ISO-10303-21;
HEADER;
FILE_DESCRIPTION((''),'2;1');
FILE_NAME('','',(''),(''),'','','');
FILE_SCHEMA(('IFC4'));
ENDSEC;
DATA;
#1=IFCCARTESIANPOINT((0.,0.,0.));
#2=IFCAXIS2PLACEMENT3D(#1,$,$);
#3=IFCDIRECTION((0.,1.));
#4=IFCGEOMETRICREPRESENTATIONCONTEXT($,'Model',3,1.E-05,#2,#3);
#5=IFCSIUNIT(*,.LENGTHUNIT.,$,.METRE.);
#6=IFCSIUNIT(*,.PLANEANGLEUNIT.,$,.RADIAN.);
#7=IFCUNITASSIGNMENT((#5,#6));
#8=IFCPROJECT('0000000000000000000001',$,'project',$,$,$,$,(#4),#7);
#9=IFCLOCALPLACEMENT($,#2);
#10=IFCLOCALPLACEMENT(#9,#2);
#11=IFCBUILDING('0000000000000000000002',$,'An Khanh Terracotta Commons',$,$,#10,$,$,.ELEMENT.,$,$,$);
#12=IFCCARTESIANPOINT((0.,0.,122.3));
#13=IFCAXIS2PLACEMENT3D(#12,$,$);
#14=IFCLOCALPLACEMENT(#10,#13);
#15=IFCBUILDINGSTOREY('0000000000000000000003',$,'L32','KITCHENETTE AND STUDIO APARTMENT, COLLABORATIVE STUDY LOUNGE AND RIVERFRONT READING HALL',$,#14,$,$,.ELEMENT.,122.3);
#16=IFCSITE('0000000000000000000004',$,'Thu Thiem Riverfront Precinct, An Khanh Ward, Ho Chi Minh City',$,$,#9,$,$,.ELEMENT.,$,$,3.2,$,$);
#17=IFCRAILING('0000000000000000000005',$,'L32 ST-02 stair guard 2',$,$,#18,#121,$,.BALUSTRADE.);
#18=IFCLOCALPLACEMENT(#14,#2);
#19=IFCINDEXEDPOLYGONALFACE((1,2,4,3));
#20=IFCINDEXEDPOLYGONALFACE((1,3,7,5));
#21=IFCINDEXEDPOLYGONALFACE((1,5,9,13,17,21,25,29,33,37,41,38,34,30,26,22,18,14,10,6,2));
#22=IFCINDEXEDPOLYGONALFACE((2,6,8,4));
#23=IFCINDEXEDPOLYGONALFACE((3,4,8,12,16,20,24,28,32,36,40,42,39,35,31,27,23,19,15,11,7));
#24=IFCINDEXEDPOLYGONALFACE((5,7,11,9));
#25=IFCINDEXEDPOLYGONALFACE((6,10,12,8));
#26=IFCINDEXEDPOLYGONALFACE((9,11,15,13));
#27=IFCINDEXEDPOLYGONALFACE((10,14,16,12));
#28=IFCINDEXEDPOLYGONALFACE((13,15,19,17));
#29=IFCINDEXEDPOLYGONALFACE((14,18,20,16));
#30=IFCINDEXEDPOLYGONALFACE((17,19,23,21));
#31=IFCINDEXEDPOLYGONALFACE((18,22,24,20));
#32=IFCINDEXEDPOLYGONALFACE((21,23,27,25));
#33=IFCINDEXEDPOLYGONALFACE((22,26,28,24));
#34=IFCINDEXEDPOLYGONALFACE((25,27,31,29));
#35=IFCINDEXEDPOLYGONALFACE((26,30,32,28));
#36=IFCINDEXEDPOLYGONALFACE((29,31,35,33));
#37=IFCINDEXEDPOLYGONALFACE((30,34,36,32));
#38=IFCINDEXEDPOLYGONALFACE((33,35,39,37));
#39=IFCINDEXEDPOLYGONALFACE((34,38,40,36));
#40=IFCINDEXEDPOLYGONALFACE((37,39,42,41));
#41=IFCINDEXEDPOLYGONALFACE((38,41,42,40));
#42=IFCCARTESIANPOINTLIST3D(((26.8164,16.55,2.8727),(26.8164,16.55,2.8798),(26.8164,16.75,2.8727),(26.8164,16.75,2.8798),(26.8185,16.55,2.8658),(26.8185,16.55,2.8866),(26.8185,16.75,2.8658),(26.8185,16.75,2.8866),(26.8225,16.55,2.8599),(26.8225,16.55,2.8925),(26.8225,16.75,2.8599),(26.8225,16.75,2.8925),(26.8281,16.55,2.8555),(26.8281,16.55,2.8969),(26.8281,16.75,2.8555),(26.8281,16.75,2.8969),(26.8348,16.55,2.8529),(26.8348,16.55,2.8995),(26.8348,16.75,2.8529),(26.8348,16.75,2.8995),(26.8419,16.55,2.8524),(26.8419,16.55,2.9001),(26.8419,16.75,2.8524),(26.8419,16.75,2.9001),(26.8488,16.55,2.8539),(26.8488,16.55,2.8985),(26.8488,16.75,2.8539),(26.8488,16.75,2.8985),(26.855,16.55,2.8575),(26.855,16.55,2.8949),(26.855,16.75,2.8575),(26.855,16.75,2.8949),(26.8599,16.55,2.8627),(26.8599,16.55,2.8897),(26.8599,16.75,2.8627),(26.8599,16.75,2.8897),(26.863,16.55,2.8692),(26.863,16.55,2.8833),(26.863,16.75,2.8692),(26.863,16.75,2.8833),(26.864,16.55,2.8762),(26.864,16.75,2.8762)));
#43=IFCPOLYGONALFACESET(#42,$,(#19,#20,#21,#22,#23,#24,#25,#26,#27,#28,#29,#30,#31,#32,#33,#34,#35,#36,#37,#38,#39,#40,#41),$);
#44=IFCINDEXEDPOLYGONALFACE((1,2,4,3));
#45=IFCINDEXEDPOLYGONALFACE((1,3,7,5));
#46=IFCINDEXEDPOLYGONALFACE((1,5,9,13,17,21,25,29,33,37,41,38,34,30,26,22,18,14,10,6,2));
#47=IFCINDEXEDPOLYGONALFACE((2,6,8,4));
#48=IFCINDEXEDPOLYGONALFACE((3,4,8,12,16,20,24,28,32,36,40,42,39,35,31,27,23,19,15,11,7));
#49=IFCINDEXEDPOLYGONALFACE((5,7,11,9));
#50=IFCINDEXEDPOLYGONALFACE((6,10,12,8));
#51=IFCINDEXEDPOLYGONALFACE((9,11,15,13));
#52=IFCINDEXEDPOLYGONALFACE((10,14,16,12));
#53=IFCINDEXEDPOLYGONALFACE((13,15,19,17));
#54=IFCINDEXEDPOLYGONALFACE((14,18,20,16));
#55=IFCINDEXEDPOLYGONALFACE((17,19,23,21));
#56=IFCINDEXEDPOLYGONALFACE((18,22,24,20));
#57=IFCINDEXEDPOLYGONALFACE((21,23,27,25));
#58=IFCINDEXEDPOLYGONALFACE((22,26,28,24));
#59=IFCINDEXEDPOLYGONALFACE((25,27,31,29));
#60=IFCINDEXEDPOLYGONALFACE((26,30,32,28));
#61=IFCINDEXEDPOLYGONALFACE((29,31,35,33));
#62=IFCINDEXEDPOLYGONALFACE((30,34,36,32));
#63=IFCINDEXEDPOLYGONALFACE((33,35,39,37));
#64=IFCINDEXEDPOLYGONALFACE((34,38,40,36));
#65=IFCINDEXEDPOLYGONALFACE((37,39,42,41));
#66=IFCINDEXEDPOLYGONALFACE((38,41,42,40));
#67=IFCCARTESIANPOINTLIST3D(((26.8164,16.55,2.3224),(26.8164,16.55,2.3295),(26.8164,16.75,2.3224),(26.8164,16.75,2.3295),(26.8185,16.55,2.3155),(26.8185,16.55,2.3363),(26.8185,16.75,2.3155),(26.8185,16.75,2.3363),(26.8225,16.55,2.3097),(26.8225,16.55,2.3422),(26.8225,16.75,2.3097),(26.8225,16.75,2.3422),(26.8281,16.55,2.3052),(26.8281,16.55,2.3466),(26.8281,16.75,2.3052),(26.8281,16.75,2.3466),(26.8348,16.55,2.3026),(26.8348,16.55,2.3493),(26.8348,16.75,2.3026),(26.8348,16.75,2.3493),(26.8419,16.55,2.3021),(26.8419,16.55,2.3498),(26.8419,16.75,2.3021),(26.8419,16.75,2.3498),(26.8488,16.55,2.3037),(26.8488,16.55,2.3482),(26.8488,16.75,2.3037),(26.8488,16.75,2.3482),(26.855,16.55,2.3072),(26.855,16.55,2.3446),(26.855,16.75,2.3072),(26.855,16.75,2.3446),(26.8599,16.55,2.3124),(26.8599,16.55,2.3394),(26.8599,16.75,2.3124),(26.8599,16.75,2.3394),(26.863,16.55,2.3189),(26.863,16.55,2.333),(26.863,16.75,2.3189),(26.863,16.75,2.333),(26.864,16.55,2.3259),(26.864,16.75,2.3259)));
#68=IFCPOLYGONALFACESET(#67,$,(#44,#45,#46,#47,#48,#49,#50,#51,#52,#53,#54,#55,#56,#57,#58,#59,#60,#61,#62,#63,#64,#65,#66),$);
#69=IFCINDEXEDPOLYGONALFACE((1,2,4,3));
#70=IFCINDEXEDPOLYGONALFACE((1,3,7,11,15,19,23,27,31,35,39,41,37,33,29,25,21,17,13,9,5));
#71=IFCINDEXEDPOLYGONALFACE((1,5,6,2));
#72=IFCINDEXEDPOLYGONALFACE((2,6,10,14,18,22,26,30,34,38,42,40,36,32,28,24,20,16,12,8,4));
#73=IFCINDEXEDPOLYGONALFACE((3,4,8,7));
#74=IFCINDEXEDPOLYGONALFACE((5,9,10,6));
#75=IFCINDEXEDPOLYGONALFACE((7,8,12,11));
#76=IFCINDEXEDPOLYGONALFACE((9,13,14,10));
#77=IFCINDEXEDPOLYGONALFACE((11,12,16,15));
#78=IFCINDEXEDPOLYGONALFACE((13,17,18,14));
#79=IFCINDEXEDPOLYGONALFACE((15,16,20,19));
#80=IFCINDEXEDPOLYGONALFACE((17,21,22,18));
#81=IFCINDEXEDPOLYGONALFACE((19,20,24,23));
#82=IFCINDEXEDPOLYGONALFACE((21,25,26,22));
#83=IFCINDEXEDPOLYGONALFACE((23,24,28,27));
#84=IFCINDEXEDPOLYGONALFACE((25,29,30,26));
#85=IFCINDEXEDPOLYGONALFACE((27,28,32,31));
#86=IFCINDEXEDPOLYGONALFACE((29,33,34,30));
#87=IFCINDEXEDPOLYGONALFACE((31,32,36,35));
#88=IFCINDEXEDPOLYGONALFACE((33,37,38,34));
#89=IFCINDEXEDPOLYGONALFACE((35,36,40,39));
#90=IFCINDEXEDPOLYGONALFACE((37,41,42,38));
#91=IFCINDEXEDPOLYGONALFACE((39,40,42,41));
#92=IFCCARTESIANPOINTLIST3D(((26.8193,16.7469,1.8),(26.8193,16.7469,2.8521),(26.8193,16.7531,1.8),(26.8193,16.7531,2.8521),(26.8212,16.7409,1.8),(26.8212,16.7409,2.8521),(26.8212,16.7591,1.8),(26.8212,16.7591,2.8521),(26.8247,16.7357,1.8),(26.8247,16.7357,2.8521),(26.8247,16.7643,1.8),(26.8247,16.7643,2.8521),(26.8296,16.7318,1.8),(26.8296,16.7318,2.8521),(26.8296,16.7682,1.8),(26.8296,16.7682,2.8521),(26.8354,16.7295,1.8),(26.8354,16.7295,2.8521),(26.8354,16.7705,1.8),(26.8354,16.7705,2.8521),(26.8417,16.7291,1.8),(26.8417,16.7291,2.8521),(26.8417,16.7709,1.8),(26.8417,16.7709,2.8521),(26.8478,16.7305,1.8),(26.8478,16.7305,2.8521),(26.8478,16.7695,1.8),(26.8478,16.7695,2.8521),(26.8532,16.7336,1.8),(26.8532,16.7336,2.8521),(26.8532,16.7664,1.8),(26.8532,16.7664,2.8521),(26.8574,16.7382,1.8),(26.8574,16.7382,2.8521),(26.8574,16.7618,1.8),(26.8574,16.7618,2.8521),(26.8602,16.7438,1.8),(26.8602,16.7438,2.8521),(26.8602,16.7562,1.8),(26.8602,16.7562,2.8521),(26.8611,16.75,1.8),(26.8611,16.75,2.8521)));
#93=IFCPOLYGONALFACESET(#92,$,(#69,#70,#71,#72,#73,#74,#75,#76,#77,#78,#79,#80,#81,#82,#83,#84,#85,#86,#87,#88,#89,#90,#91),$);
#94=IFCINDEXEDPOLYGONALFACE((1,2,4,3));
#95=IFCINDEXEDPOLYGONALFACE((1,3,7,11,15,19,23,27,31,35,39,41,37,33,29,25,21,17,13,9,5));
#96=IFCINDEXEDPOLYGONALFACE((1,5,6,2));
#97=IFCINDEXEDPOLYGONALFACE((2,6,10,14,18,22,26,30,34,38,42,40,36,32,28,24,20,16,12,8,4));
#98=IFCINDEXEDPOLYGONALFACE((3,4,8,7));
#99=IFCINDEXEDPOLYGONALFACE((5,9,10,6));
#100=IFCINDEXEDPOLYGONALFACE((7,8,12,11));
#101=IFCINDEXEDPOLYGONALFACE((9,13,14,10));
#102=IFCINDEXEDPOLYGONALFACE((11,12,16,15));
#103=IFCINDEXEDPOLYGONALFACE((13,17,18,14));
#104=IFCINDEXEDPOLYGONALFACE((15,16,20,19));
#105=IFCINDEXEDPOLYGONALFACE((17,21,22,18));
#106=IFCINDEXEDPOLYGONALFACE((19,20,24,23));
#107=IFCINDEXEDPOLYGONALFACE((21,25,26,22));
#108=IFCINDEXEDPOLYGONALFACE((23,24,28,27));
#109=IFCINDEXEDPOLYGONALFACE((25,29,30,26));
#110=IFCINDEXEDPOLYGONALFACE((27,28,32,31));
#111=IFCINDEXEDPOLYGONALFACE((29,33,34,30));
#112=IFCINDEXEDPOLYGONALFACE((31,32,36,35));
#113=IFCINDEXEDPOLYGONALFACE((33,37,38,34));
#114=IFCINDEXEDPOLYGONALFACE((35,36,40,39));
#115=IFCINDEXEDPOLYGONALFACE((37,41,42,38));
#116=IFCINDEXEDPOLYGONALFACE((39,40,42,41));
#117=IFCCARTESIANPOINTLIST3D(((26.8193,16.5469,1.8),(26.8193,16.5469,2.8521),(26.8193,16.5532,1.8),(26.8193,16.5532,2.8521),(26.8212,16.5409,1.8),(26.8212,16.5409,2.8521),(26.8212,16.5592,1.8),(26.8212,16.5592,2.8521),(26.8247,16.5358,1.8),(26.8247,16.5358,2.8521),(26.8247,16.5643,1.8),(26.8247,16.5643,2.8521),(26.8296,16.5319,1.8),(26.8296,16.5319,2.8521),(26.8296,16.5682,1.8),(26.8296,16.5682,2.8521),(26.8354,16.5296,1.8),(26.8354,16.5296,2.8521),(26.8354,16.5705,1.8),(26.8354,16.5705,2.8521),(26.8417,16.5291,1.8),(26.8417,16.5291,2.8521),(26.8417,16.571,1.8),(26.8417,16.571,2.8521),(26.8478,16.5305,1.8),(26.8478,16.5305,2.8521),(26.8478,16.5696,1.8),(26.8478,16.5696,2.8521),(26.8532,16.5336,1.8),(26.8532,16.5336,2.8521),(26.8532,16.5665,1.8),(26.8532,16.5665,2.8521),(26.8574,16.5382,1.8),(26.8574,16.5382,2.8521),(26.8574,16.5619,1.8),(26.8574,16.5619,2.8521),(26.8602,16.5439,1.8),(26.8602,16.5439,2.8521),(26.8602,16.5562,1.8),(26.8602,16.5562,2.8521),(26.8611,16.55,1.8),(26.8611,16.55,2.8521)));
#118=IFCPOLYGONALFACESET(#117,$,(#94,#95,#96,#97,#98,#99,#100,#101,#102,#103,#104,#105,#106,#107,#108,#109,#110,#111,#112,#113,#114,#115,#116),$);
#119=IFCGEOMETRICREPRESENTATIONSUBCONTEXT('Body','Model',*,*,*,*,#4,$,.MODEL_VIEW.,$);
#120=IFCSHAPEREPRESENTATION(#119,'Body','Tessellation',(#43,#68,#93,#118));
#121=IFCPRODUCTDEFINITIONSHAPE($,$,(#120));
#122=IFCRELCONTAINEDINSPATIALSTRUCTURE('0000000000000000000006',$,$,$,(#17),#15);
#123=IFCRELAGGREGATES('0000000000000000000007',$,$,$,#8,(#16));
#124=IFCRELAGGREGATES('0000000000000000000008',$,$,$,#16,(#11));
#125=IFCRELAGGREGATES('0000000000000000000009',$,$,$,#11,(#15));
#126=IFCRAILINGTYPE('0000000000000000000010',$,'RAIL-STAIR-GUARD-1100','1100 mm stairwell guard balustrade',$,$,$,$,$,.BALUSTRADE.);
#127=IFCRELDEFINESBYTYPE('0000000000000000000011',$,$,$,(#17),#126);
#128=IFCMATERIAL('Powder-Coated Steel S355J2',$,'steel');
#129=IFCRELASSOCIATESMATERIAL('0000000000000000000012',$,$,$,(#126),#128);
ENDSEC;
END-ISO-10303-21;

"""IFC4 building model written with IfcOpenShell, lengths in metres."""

from ifc_helpers import new_model, si_unit, direction, frame, origin, origin_2d, place, context, subcontext, project, spatial, circle, extrude, material, type_object, element, save


model = new_model("IFC4")

# Units and contexts
model_context = context("Model", 3, precision=1e-05, world=origin(), true_north=direction((0.0, 1.0)))
body_context = subcontext(model_context, "Body", "Model", "MODEL_VIEW")
ifc_project = project(units=[si_unit("LENGTHUNIT", "METRE"), si_unit("PLANEANGLEUNIT", "RADIAN")], contexts=[model_context])

# Site, building, storey
site_placement = place(None, origin())
site = spatial("IfcSite", under=ifc_project, at=site_placement, Name="Thu Thiem Riverfront Precinct, An Khanh Ward, Ho Chi Minh City", CompositionType="ELEMENT", RefElevation=3.2)
building_placement = place(site_placement, origin())
building = spatial("IfcBuilding", under=site, at=building_placement, Name="An Khanh Terracotta Commons", CompositionType="ELEMENT")
storey_placement = place(building_placement, frame((0.0, 0.0, 122.3)))
storey = spatial("IfcBuildingStorey", under=building, at=storey_placement, Name="L32", Description="KITCHENETTE AND STUDIO APARTMENT, COLLABORATIVE STUDY LOUNGE AND RIVERFRONT READING HALL", CompositionType="ELEMENT", Elevation=122.3)

# Railing
ifc_material_1 = material(Name="Powder-Coated Steel S355J2", Category="steel")
railing_type_1 = type_object("IfcRailingType", Name="RAIL-STAIR-GUARD-1100", Description="1100 mm stairwell guard balustrade", PredefinedType="BALUSTRADE", material=ifc_material_1)
railing_1_placement = place(storey_placement, frame((26.8401, 16.75, 1.8)))
element("IfcRailing", 1, at=railing_1_placement, inside=storey, type_object=railing_type_1, Name="L32 ST-02 stair guard 2", PredefinedType="BALUSTRADE", context=body_context, shape_type="SweptSolid", body=[
    extrude(circle(Radius=0.0239, at=origin_2d()), frame((0.0, 0.0, 1.0762), z_axis=(0.0, -1.0, 0.0), x_axis=(1.0, 0.0, 0.0)), (0.0, 0.0, 1.0), 0.2),
    extrude(circle(Radius=0.0239, at=origin_2d()), frame((0.0, 0.0, 0.5259), z_axis=(0.0, -1.0, 0.0), x_axis=(1.0, 0.0, 0.0)), (0.0, 0.0, 1.0), 0.2),
    extrude(circle(Radius=0.021, at=origin_2d()), origin(), (0.0, 0.0, 1.0), 1.052),
    extrude(circle(Radius=0.021, at=origin_2d()), frame((0.0, -0.2, 0.0)), (0.0, 0.0, 1.0), 1.052),
])

save(model, "model.ifc")
